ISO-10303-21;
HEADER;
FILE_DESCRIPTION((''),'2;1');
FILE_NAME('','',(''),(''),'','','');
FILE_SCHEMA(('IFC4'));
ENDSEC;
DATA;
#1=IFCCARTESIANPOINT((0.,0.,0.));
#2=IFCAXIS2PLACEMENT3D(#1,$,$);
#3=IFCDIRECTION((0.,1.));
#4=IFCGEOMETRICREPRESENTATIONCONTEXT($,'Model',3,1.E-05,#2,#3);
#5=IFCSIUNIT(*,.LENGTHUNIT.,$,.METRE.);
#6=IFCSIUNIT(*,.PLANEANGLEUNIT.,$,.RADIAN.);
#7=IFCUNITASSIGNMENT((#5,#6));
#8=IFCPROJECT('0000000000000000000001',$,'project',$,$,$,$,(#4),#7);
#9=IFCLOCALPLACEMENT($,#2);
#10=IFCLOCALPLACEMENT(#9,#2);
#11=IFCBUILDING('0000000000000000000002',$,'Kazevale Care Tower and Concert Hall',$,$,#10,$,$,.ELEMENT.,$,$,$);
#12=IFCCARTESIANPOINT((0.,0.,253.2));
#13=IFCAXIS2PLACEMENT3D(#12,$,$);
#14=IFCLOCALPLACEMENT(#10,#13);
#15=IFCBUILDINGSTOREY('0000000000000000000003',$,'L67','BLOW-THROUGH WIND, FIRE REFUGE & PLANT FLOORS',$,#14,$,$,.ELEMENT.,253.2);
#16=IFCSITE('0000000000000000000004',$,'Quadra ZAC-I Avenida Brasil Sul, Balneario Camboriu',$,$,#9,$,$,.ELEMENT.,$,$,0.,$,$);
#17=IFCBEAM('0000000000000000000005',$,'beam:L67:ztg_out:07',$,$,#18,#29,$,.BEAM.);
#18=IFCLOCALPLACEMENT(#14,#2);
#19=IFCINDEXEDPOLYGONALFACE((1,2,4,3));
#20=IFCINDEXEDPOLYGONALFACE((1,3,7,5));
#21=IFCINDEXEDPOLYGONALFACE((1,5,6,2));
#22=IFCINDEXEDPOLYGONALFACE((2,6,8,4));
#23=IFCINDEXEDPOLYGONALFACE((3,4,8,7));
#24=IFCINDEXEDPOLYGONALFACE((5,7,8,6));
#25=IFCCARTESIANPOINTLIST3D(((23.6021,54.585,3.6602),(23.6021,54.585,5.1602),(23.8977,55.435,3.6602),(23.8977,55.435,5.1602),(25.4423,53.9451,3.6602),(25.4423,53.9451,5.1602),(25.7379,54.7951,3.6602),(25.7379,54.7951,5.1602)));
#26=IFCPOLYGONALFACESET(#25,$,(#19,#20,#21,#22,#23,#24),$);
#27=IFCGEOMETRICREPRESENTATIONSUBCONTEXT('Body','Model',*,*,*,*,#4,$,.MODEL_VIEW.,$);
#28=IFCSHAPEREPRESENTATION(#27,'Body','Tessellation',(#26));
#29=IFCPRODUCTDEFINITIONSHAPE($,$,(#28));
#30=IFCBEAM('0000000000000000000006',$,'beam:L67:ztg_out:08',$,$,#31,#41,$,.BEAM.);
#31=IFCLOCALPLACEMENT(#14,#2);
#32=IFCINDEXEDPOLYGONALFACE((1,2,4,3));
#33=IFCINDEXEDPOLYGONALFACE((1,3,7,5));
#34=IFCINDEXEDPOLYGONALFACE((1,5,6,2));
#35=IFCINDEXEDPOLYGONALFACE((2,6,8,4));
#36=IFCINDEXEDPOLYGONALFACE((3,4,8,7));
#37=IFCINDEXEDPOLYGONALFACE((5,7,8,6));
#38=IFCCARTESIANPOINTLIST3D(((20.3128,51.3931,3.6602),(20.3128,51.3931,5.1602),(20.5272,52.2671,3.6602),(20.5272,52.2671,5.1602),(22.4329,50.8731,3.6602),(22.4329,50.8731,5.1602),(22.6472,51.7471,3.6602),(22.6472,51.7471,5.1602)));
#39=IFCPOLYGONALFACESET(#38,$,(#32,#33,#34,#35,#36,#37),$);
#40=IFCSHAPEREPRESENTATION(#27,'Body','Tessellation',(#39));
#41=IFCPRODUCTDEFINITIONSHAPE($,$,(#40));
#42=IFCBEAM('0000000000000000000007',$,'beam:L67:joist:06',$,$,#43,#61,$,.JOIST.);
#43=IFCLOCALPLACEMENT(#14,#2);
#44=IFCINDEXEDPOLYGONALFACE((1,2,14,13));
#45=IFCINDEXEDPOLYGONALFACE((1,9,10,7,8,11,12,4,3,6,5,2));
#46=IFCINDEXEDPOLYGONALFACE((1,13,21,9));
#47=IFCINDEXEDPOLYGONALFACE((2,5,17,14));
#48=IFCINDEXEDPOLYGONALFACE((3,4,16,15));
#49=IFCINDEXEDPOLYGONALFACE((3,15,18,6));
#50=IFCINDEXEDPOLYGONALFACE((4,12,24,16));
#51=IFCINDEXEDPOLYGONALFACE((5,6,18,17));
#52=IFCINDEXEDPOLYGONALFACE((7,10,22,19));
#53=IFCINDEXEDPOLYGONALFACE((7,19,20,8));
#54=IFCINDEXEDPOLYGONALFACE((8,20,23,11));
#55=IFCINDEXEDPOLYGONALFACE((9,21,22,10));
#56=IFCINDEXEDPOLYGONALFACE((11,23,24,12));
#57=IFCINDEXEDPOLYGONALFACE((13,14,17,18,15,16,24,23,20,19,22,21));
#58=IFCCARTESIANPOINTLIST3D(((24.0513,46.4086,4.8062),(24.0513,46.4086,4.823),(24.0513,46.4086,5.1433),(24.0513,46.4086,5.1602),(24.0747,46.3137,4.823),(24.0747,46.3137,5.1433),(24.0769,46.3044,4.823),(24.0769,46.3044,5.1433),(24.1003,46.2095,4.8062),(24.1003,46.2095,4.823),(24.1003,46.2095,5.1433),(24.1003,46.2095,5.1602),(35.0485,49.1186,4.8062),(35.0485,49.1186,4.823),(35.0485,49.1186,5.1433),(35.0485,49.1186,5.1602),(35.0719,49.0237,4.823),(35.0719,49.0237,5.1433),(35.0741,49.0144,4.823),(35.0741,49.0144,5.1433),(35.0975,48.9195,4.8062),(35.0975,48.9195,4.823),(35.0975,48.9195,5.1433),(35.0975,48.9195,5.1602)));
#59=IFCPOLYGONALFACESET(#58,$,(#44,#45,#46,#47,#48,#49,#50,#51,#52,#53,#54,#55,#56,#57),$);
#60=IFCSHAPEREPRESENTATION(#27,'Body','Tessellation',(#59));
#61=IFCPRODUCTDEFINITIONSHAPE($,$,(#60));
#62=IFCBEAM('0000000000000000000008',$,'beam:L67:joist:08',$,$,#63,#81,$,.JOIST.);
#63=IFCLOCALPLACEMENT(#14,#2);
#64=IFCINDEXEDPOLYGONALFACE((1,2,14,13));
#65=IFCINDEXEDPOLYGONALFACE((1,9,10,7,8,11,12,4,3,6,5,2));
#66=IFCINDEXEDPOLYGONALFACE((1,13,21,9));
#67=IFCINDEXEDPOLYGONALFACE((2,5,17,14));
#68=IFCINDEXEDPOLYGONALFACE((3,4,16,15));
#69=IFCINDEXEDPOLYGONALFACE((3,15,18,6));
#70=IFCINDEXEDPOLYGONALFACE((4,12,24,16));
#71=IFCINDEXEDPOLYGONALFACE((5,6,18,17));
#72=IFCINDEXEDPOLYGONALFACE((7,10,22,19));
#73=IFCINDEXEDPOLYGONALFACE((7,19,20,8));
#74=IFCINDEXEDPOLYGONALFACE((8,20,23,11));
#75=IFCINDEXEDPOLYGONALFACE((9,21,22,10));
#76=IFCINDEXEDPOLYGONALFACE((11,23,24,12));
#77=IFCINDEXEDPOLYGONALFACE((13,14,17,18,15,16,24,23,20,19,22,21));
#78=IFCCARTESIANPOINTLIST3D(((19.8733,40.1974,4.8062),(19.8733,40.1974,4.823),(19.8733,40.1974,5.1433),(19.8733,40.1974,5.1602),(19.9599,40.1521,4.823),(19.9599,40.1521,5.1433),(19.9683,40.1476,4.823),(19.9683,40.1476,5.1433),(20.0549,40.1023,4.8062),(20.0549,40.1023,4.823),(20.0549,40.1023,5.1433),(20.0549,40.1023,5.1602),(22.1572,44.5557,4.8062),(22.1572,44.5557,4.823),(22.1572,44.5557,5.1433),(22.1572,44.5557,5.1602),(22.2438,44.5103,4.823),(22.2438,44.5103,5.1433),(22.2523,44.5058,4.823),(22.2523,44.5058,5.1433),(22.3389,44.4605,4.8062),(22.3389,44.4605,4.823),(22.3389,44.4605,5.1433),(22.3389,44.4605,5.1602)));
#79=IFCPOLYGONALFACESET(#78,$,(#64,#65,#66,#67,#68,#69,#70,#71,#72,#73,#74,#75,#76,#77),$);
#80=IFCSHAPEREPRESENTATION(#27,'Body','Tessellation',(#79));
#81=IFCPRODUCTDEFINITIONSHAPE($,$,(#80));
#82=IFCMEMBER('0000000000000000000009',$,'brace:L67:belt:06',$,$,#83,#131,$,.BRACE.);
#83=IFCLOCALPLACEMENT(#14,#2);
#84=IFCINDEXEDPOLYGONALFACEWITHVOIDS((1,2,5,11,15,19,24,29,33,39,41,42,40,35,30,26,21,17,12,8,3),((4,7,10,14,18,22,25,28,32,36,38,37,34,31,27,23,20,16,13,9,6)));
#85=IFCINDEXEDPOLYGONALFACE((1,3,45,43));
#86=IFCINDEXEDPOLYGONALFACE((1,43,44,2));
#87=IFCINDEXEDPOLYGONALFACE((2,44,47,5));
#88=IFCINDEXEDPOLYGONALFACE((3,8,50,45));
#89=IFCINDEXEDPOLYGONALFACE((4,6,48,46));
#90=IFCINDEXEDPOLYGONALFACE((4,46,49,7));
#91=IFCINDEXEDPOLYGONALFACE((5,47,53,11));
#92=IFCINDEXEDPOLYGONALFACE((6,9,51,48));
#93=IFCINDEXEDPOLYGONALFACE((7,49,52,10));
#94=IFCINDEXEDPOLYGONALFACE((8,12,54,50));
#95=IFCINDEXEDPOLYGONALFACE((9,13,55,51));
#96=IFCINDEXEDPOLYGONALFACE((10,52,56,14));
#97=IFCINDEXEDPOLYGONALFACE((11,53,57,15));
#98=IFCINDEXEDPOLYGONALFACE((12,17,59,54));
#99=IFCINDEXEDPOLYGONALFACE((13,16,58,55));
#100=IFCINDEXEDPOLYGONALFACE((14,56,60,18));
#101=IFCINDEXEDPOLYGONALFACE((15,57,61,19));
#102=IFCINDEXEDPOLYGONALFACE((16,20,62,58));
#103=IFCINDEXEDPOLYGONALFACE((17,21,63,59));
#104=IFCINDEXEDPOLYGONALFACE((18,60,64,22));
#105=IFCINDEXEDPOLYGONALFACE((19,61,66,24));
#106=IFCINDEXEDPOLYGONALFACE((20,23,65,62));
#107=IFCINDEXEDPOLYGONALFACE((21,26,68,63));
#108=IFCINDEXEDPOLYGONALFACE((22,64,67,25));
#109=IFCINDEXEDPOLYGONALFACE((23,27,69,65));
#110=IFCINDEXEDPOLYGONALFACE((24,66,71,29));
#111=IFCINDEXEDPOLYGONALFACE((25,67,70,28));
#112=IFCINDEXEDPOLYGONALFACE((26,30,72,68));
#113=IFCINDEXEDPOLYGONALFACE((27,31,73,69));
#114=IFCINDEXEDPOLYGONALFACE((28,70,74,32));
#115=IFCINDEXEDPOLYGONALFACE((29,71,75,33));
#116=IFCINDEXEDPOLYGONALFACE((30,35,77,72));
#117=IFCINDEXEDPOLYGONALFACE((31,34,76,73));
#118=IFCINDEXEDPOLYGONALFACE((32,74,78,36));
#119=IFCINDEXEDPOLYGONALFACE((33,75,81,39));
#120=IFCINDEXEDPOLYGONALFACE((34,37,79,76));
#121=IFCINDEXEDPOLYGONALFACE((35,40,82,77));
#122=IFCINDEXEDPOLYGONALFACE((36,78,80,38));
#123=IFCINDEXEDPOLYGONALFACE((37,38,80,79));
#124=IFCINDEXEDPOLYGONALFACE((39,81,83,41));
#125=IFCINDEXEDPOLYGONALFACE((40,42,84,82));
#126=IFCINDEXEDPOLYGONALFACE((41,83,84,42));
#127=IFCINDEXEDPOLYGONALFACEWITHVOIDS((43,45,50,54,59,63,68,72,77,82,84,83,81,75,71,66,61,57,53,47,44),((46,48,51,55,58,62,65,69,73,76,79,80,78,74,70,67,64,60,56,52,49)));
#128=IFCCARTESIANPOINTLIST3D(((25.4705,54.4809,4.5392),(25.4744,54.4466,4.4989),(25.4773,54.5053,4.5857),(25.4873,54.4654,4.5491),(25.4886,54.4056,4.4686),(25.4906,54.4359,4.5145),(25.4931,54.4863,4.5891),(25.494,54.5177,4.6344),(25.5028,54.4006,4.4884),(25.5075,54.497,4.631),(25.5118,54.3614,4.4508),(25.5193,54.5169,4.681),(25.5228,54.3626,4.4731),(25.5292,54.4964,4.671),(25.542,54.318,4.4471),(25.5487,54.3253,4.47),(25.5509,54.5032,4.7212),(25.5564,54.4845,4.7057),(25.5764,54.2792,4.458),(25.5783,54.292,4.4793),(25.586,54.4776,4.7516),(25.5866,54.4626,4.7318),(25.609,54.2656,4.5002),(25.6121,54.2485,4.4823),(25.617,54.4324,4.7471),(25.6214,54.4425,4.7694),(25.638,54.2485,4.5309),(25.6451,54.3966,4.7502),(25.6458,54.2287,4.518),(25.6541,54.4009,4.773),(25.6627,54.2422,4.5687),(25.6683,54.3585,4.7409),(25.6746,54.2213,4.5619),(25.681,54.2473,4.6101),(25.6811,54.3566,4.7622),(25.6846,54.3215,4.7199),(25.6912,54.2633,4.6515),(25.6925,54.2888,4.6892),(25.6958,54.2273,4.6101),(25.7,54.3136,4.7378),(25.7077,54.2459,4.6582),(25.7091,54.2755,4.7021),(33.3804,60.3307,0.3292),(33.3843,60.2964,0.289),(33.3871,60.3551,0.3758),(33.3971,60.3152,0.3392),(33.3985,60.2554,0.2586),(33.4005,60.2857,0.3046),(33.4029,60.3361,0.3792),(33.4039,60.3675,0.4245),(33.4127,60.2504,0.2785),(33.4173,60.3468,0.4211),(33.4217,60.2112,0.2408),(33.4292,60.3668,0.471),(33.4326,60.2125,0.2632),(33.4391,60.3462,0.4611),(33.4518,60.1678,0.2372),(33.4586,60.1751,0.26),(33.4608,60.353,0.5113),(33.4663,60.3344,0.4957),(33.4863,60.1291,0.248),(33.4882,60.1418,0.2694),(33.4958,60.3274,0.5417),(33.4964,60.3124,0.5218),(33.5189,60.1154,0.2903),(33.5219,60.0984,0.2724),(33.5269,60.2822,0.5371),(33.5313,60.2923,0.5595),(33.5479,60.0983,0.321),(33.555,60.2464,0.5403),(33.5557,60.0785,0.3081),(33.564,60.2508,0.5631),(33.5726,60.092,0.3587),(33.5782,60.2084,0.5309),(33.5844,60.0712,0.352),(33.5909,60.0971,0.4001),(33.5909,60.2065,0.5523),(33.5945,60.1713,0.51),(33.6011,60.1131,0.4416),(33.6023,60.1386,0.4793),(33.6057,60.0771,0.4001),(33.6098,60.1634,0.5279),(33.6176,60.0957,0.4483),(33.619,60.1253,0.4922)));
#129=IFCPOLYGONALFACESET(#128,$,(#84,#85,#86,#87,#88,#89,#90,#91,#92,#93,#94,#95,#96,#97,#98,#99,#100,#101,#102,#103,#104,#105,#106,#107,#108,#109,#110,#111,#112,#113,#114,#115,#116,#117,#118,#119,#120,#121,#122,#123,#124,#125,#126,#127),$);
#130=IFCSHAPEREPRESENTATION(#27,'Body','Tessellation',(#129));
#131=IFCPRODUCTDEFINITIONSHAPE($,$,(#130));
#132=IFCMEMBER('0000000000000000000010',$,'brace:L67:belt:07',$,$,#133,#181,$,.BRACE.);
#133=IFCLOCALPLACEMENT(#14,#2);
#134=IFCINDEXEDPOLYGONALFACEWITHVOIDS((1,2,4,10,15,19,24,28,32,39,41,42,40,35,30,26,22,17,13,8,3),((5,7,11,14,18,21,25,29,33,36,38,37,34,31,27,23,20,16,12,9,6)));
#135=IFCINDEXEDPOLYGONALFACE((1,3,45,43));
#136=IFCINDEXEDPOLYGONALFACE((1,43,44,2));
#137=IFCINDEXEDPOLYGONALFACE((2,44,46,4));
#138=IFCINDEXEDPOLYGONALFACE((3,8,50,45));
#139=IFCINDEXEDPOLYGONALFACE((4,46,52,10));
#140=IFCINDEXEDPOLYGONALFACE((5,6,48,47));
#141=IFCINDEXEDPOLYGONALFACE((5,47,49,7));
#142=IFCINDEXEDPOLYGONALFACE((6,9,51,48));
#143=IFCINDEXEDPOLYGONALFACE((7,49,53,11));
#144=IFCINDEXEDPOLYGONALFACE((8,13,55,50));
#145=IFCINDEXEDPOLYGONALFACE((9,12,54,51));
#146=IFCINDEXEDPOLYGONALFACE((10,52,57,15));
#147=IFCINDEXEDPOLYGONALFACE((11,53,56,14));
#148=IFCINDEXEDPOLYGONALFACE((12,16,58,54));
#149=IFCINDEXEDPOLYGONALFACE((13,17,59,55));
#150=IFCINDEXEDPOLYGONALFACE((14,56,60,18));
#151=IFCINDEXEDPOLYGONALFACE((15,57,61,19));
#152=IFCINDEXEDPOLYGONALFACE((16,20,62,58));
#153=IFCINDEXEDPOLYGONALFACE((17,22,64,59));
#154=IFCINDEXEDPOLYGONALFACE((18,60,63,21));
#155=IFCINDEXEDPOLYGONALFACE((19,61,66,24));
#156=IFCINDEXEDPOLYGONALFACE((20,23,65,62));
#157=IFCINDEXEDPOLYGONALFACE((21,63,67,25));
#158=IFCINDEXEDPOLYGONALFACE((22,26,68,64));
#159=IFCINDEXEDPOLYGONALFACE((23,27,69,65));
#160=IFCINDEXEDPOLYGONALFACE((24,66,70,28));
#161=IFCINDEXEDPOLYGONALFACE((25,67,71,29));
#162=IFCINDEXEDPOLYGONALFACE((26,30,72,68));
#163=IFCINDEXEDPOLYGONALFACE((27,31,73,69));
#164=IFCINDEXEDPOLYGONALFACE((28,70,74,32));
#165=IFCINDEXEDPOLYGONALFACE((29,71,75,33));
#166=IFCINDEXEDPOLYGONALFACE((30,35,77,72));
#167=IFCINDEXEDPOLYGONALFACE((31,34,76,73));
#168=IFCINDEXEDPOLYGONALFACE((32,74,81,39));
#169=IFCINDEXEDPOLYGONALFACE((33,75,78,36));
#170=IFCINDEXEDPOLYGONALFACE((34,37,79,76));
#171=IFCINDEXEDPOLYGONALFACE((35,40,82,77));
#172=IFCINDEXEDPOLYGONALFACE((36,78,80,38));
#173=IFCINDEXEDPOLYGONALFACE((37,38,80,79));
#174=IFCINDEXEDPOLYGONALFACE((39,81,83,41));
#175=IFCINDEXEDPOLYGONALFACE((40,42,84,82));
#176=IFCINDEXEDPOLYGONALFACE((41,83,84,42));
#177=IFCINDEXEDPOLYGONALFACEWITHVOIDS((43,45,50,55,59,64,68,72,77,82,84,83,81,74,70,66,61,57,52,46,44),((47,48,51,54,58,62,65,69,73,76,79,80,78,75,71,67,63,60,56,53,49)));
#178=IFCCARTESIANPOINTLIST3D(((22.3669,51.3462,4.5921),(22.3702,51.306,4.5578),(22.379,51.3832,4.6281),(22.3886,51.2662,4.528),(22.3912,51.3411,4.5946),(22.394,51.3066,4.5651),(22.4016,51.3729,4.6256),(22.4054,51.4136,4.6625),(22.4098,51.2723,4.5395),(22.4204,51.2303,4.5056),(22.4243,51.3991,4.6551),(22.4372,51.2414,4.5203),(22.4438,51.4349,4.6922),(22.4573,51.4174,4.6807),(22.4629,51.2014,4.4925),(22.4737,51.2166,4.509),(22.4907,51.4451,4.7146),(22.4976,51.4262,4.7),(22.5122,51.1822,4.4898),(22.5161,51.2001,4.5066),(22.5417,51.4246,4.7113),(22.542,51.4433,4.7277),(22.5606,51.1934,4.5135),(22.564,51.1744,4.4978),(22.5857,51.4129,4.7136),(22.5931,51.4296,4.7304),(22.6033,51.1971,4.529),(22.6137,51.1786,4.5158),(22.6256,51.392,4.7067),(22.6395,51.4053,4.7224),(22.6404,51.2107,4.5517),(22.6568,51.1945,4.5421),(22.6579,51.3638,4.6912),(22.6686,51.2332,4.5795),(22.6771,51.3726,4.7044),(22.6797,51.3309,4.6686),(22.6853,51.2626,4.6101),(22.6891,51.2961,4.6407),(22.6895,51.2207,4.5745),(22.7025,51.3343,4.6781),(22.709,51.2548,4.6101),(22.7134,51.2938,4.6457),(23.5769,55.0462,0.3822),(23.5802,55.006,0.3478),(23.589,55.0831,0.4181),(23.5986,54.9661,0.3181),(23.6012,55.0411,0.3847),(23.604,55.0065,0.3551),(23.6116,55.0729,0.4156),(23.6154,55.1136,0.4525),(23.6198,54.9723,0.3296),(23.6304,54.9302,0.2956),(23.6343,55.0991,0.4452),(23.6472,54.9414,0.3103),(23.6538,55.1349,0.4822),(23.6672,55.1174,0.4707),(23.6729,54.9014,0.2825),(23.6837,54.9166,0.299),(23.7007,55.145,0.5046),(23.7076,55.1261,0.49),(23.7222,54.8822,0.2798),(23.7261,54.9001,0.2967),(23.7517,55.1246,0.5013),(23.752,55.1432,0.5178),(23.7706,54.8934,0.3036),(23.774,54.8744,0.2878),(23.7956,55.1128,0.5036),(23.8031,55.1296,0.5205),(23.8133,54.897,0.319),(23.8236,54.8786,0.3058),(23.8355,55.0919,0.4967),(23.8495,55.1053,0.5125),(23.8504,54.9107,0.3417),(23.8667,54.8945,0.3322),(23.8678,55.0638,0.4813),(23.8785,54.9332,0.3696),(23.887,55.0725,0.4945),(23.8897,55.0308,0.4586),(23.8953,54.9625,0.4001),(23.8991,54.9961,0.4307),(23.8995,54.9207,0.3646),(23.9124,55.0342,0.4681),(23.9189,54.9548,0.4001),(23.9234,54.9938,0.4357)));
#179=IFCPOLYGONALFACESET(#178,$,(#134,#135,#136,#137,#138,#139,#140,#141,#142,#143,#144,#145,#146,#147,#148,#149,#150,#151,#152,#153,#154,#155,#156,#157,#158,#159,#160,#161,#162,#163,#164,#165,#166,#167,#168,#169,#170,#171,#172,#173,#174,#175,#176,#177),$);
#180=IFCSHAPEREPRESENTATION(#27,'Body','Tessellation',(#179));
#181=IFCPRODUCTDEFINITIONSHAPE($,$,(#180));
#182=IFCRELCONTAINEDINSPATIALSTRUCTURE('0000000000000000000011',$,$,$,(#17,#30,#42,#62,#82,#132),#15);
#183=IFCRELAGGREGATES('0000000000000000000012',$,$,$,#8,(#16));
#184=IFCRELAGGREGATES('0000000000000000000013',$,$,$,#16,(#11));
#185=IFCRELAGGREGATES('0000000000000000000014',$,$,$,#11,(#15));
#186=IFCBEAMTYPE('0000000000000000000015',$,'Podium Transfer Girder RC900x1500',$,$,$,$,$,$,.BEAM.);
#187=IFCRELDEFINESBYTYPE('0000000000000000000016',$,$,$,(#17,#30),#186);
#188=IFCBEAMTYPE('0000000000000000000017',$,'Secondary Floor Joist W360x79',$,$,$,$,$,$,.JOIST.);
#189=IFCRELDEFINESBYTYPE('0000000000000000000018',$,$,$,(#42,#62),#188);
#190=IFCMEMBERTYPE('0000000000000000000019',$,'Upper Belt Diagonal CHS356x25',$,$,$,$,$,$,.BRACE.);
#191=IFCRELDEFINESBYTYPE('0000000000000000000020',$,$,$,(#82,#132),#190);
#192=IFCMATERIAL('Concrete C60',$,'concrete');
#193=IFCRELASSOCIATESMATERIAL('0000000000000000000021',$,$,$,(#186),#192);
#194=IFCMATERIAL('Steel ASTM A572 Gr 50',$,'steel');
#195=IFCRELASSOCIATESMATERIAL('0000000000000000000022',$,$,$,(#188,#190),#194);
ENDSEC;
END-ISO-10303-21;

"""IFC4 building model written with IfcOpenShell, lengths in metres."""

from ifc_helpers import new_model, si_unit, direction, frame, origin, origin_2d, place, context, subcontext, project, spatial, rectangle, hollow_circle, i_section, extrude, material, material_profile, profile_set, type_object, element, save


model = new_model("IFC4")

# Units and contexts
model_context = context("Model", 3, precision=1e-05, world=origin(), true_north=direction((0.0, 1.0)))
body_context = subcontext(model_context, "Body", "Model", "MODEL_VIEW")
ifc_project = project(units=[si_unit("LENGTHUNIT", "METRE"), si_unit("PLANEANGLEUNIT", "RADIAN")], contexts=[model_context])

# Site, building, storey
site_placement = place(None, origin())
site = spatial("IfcSite", under=ifc_project, at=site_placement, Name="Quadra ZAC-I Avenida Brasil Sul, Balneario Camboriu", CompositionType="ELEMENT", RefElevation=0.0)
building_placement = place(site_placement, origin())
building = spatial("IfcBuilding", under=site, at=building_placement, Name="Kazevale Care Tower and Concert Hall", CompositionType="ELEMENT")
storey_placement = place(building_placement, frame((0.0, 0.0, 253.2)))
storey = spatial("IfcBuildingStorey", under=building, at=storey_placement, Name="L67", Description="BLOW-THROUGH WIND, FIRE REFUGE & PLANT FLOORS", CompositionType="ELEMENT", Elevation=253.2)

# Beams
ifc_material_1 = material(Name="Concrete C60", Category="concrete")
ifc_material_profile_1 = material_profile(ifc_material_1, rectangle(XDim=0.8999, YDim=1.5, at=origin_2d()), Name="RC-TG900x1500")
ifc_profile_set_1 = profile_set([ifc_material_profile_1], Name="Concrete C60")
beam_type_1 = type_object("IfcBeamType", Name="Podium Transfer Girder RC900x1500", PredefinedType="BEAM", material=ifc_profile_set_1)
beam_1_placement = place(storey_placement, frame((25.5901, 54.3701, 4.4102), z_axis=(-0.944519, 0.328457, 0.0), x_axis=(-0.328457, -0.944519, 0.0)))
element("IfcBeam", 1, at=beam_1_placement, inside=storey, type_object=beam_type_1, Name="beam:L67:ztg_out:07", PredefinedType="BEAM", context=body_context, shape_type="SweptSolid", body=[
    extrude(rectangle(XDim=0.8999, YDim=1.5, at=origin_2d()), origin(), (0.0, 0.0, 1.0), 1.9482),
])
beam_2_placement = place(storey_placement, frame((22.54, 51.3101, 4.4102), z_axis=(-0.971212, 0.238218, 0.0), x_axis=(-0.238218, -0.971212, 0.0)))
element("IfcBeam", 2, at=beam_2_placement, inside=storey, type_object=beam_type_1, Name="beam:L67:ztg_out:08", PredefinedType="BEAM", context=body_context, shape_type="SweptSolid", body=[
    extrude(rectangle(XDim=0.8999, YDim=1.5, at=origin_2d()), origin(), (0.0, 0.0, 1.0), 2.1829),
])
ifc_material_2 = material(Name="Steel ASTM A572 Gr 50", Category="steel")
ifc_material_profile_2 = material_profile(ifc_material_2, i_section(OverallWidth=0.2051, OverallDepth=0.354, WebThickness=0.0095, FlangeThickness=0.0168, at=origin_2d()), Name="W360x79")
ifc_profile_set_2 = profile_set([ifc_material_profile_2], Name="Steel ASTM A572 Gr 50")
beam_type_2 = type_object("IfcBeamType", Name="Secondary Floor Joist W360x79", PredefinedType="JOIST", material=ifc_profile_set_2)
beam_3_placement = place(storey_placement, frame((35.073, 49.019, 4.9832), z_axis=(-0.970954, -0.239268, 0.0), x_axis=(0.239268, -0.970954, 0.0)))
element("IfcBeam", 3, at=beam_3_placement, inside=storey, type_object=beam_type_2, Name="beam:L67:joist:06", PredefinedType="JOIST", context=body_context, shape_type="SweptSolid", body=[
    extrude(i_section(OverallWidth=0.2051, OverallDepth=0.354, WebThickness=0.0095, FlangeThickness=0.0168, at=origin_2d()), origin(), (0.0, 0.0, 1.0), 11.3262),
])
beam_4_placement = place(storey_placement, frame((22.248, 44.5081, 4.9832), z_axis=(-0.464181, -0.88574, 0.0), x_axis=(0.88574, -0.464181, 0.0)))
element("IfcBeam", 4, at=beam_4_placement, inside=storey, type_object=beam_type_2, Name="beam:L67:joist:08", PredefinedType="JOIST", context=body_context, shape_type="SweptSolid", body=[
    extrude(i_section(OverallWidth=0.2051, OverallDepth=0.354, WebThickness=0.0095, FlangeThickness=0.0168, at=origin_2d()), origin(), (0.0, 0.0, 1.0), 4.9204),
])

# Members
ifc_material_profile_3 = material_profile(ifc_material_2, hollow_circle(Radius=0.1777, WallThickness=0.0249, at=origin_2d()), Name="CHS356x25")
ifc_profile_set_3 = profile_set([ifc_material_profile_3], Name="Steel ASTM A572 Gr 50")
member_type = type_object("IfcMemberType", Name="Upper Belt Diagonal CHS356x25", PredefinedType="BRACE", material=ifc_profile_set_3)
member_1_placement = place(storey_placement, frame((33.5, 60.22, 0.4001), z_axis=(-0.739175, -0.546665, 0.393418), x_axis=(0.594614, -0.804011, 0.0)))
element("IfcMember", 5, at=member_1_placement, inside=storey, type_object=member_type, Name="brace:L67:belt:06", PredefinedType="BRACE", context=body_context, shape_type="SweptSolid", body=[
    extrude(hollow_circle(Radius=0.1777, WallThickness=0.0249, at=origin_2d()), origin(), (0.0, 0.0, 1.0), 10.7009),
])
member_2_placement = place(storey_placement, frame((23.75, 55.01, 0.4001), z_axis=(-0.211019, -0.645278, 0.734225), x_axis=(0.950468, -0.310823, 0.0)))
element("IfcMember", 6, at=member_2_placement, inside=storey, type_object=member_type, Name="brace:L67:belt:07", PredefinedType="BRACE", context=body_context, shape_type="SweptSolid", body=[
    extrude(hollow_circle(Radius=0.1777, WallThickness=0.0249, at=origin_2d()), origin(), (0.0, 0.0, 1.0), 5.7339),
])

save(model, "model.ifc")
